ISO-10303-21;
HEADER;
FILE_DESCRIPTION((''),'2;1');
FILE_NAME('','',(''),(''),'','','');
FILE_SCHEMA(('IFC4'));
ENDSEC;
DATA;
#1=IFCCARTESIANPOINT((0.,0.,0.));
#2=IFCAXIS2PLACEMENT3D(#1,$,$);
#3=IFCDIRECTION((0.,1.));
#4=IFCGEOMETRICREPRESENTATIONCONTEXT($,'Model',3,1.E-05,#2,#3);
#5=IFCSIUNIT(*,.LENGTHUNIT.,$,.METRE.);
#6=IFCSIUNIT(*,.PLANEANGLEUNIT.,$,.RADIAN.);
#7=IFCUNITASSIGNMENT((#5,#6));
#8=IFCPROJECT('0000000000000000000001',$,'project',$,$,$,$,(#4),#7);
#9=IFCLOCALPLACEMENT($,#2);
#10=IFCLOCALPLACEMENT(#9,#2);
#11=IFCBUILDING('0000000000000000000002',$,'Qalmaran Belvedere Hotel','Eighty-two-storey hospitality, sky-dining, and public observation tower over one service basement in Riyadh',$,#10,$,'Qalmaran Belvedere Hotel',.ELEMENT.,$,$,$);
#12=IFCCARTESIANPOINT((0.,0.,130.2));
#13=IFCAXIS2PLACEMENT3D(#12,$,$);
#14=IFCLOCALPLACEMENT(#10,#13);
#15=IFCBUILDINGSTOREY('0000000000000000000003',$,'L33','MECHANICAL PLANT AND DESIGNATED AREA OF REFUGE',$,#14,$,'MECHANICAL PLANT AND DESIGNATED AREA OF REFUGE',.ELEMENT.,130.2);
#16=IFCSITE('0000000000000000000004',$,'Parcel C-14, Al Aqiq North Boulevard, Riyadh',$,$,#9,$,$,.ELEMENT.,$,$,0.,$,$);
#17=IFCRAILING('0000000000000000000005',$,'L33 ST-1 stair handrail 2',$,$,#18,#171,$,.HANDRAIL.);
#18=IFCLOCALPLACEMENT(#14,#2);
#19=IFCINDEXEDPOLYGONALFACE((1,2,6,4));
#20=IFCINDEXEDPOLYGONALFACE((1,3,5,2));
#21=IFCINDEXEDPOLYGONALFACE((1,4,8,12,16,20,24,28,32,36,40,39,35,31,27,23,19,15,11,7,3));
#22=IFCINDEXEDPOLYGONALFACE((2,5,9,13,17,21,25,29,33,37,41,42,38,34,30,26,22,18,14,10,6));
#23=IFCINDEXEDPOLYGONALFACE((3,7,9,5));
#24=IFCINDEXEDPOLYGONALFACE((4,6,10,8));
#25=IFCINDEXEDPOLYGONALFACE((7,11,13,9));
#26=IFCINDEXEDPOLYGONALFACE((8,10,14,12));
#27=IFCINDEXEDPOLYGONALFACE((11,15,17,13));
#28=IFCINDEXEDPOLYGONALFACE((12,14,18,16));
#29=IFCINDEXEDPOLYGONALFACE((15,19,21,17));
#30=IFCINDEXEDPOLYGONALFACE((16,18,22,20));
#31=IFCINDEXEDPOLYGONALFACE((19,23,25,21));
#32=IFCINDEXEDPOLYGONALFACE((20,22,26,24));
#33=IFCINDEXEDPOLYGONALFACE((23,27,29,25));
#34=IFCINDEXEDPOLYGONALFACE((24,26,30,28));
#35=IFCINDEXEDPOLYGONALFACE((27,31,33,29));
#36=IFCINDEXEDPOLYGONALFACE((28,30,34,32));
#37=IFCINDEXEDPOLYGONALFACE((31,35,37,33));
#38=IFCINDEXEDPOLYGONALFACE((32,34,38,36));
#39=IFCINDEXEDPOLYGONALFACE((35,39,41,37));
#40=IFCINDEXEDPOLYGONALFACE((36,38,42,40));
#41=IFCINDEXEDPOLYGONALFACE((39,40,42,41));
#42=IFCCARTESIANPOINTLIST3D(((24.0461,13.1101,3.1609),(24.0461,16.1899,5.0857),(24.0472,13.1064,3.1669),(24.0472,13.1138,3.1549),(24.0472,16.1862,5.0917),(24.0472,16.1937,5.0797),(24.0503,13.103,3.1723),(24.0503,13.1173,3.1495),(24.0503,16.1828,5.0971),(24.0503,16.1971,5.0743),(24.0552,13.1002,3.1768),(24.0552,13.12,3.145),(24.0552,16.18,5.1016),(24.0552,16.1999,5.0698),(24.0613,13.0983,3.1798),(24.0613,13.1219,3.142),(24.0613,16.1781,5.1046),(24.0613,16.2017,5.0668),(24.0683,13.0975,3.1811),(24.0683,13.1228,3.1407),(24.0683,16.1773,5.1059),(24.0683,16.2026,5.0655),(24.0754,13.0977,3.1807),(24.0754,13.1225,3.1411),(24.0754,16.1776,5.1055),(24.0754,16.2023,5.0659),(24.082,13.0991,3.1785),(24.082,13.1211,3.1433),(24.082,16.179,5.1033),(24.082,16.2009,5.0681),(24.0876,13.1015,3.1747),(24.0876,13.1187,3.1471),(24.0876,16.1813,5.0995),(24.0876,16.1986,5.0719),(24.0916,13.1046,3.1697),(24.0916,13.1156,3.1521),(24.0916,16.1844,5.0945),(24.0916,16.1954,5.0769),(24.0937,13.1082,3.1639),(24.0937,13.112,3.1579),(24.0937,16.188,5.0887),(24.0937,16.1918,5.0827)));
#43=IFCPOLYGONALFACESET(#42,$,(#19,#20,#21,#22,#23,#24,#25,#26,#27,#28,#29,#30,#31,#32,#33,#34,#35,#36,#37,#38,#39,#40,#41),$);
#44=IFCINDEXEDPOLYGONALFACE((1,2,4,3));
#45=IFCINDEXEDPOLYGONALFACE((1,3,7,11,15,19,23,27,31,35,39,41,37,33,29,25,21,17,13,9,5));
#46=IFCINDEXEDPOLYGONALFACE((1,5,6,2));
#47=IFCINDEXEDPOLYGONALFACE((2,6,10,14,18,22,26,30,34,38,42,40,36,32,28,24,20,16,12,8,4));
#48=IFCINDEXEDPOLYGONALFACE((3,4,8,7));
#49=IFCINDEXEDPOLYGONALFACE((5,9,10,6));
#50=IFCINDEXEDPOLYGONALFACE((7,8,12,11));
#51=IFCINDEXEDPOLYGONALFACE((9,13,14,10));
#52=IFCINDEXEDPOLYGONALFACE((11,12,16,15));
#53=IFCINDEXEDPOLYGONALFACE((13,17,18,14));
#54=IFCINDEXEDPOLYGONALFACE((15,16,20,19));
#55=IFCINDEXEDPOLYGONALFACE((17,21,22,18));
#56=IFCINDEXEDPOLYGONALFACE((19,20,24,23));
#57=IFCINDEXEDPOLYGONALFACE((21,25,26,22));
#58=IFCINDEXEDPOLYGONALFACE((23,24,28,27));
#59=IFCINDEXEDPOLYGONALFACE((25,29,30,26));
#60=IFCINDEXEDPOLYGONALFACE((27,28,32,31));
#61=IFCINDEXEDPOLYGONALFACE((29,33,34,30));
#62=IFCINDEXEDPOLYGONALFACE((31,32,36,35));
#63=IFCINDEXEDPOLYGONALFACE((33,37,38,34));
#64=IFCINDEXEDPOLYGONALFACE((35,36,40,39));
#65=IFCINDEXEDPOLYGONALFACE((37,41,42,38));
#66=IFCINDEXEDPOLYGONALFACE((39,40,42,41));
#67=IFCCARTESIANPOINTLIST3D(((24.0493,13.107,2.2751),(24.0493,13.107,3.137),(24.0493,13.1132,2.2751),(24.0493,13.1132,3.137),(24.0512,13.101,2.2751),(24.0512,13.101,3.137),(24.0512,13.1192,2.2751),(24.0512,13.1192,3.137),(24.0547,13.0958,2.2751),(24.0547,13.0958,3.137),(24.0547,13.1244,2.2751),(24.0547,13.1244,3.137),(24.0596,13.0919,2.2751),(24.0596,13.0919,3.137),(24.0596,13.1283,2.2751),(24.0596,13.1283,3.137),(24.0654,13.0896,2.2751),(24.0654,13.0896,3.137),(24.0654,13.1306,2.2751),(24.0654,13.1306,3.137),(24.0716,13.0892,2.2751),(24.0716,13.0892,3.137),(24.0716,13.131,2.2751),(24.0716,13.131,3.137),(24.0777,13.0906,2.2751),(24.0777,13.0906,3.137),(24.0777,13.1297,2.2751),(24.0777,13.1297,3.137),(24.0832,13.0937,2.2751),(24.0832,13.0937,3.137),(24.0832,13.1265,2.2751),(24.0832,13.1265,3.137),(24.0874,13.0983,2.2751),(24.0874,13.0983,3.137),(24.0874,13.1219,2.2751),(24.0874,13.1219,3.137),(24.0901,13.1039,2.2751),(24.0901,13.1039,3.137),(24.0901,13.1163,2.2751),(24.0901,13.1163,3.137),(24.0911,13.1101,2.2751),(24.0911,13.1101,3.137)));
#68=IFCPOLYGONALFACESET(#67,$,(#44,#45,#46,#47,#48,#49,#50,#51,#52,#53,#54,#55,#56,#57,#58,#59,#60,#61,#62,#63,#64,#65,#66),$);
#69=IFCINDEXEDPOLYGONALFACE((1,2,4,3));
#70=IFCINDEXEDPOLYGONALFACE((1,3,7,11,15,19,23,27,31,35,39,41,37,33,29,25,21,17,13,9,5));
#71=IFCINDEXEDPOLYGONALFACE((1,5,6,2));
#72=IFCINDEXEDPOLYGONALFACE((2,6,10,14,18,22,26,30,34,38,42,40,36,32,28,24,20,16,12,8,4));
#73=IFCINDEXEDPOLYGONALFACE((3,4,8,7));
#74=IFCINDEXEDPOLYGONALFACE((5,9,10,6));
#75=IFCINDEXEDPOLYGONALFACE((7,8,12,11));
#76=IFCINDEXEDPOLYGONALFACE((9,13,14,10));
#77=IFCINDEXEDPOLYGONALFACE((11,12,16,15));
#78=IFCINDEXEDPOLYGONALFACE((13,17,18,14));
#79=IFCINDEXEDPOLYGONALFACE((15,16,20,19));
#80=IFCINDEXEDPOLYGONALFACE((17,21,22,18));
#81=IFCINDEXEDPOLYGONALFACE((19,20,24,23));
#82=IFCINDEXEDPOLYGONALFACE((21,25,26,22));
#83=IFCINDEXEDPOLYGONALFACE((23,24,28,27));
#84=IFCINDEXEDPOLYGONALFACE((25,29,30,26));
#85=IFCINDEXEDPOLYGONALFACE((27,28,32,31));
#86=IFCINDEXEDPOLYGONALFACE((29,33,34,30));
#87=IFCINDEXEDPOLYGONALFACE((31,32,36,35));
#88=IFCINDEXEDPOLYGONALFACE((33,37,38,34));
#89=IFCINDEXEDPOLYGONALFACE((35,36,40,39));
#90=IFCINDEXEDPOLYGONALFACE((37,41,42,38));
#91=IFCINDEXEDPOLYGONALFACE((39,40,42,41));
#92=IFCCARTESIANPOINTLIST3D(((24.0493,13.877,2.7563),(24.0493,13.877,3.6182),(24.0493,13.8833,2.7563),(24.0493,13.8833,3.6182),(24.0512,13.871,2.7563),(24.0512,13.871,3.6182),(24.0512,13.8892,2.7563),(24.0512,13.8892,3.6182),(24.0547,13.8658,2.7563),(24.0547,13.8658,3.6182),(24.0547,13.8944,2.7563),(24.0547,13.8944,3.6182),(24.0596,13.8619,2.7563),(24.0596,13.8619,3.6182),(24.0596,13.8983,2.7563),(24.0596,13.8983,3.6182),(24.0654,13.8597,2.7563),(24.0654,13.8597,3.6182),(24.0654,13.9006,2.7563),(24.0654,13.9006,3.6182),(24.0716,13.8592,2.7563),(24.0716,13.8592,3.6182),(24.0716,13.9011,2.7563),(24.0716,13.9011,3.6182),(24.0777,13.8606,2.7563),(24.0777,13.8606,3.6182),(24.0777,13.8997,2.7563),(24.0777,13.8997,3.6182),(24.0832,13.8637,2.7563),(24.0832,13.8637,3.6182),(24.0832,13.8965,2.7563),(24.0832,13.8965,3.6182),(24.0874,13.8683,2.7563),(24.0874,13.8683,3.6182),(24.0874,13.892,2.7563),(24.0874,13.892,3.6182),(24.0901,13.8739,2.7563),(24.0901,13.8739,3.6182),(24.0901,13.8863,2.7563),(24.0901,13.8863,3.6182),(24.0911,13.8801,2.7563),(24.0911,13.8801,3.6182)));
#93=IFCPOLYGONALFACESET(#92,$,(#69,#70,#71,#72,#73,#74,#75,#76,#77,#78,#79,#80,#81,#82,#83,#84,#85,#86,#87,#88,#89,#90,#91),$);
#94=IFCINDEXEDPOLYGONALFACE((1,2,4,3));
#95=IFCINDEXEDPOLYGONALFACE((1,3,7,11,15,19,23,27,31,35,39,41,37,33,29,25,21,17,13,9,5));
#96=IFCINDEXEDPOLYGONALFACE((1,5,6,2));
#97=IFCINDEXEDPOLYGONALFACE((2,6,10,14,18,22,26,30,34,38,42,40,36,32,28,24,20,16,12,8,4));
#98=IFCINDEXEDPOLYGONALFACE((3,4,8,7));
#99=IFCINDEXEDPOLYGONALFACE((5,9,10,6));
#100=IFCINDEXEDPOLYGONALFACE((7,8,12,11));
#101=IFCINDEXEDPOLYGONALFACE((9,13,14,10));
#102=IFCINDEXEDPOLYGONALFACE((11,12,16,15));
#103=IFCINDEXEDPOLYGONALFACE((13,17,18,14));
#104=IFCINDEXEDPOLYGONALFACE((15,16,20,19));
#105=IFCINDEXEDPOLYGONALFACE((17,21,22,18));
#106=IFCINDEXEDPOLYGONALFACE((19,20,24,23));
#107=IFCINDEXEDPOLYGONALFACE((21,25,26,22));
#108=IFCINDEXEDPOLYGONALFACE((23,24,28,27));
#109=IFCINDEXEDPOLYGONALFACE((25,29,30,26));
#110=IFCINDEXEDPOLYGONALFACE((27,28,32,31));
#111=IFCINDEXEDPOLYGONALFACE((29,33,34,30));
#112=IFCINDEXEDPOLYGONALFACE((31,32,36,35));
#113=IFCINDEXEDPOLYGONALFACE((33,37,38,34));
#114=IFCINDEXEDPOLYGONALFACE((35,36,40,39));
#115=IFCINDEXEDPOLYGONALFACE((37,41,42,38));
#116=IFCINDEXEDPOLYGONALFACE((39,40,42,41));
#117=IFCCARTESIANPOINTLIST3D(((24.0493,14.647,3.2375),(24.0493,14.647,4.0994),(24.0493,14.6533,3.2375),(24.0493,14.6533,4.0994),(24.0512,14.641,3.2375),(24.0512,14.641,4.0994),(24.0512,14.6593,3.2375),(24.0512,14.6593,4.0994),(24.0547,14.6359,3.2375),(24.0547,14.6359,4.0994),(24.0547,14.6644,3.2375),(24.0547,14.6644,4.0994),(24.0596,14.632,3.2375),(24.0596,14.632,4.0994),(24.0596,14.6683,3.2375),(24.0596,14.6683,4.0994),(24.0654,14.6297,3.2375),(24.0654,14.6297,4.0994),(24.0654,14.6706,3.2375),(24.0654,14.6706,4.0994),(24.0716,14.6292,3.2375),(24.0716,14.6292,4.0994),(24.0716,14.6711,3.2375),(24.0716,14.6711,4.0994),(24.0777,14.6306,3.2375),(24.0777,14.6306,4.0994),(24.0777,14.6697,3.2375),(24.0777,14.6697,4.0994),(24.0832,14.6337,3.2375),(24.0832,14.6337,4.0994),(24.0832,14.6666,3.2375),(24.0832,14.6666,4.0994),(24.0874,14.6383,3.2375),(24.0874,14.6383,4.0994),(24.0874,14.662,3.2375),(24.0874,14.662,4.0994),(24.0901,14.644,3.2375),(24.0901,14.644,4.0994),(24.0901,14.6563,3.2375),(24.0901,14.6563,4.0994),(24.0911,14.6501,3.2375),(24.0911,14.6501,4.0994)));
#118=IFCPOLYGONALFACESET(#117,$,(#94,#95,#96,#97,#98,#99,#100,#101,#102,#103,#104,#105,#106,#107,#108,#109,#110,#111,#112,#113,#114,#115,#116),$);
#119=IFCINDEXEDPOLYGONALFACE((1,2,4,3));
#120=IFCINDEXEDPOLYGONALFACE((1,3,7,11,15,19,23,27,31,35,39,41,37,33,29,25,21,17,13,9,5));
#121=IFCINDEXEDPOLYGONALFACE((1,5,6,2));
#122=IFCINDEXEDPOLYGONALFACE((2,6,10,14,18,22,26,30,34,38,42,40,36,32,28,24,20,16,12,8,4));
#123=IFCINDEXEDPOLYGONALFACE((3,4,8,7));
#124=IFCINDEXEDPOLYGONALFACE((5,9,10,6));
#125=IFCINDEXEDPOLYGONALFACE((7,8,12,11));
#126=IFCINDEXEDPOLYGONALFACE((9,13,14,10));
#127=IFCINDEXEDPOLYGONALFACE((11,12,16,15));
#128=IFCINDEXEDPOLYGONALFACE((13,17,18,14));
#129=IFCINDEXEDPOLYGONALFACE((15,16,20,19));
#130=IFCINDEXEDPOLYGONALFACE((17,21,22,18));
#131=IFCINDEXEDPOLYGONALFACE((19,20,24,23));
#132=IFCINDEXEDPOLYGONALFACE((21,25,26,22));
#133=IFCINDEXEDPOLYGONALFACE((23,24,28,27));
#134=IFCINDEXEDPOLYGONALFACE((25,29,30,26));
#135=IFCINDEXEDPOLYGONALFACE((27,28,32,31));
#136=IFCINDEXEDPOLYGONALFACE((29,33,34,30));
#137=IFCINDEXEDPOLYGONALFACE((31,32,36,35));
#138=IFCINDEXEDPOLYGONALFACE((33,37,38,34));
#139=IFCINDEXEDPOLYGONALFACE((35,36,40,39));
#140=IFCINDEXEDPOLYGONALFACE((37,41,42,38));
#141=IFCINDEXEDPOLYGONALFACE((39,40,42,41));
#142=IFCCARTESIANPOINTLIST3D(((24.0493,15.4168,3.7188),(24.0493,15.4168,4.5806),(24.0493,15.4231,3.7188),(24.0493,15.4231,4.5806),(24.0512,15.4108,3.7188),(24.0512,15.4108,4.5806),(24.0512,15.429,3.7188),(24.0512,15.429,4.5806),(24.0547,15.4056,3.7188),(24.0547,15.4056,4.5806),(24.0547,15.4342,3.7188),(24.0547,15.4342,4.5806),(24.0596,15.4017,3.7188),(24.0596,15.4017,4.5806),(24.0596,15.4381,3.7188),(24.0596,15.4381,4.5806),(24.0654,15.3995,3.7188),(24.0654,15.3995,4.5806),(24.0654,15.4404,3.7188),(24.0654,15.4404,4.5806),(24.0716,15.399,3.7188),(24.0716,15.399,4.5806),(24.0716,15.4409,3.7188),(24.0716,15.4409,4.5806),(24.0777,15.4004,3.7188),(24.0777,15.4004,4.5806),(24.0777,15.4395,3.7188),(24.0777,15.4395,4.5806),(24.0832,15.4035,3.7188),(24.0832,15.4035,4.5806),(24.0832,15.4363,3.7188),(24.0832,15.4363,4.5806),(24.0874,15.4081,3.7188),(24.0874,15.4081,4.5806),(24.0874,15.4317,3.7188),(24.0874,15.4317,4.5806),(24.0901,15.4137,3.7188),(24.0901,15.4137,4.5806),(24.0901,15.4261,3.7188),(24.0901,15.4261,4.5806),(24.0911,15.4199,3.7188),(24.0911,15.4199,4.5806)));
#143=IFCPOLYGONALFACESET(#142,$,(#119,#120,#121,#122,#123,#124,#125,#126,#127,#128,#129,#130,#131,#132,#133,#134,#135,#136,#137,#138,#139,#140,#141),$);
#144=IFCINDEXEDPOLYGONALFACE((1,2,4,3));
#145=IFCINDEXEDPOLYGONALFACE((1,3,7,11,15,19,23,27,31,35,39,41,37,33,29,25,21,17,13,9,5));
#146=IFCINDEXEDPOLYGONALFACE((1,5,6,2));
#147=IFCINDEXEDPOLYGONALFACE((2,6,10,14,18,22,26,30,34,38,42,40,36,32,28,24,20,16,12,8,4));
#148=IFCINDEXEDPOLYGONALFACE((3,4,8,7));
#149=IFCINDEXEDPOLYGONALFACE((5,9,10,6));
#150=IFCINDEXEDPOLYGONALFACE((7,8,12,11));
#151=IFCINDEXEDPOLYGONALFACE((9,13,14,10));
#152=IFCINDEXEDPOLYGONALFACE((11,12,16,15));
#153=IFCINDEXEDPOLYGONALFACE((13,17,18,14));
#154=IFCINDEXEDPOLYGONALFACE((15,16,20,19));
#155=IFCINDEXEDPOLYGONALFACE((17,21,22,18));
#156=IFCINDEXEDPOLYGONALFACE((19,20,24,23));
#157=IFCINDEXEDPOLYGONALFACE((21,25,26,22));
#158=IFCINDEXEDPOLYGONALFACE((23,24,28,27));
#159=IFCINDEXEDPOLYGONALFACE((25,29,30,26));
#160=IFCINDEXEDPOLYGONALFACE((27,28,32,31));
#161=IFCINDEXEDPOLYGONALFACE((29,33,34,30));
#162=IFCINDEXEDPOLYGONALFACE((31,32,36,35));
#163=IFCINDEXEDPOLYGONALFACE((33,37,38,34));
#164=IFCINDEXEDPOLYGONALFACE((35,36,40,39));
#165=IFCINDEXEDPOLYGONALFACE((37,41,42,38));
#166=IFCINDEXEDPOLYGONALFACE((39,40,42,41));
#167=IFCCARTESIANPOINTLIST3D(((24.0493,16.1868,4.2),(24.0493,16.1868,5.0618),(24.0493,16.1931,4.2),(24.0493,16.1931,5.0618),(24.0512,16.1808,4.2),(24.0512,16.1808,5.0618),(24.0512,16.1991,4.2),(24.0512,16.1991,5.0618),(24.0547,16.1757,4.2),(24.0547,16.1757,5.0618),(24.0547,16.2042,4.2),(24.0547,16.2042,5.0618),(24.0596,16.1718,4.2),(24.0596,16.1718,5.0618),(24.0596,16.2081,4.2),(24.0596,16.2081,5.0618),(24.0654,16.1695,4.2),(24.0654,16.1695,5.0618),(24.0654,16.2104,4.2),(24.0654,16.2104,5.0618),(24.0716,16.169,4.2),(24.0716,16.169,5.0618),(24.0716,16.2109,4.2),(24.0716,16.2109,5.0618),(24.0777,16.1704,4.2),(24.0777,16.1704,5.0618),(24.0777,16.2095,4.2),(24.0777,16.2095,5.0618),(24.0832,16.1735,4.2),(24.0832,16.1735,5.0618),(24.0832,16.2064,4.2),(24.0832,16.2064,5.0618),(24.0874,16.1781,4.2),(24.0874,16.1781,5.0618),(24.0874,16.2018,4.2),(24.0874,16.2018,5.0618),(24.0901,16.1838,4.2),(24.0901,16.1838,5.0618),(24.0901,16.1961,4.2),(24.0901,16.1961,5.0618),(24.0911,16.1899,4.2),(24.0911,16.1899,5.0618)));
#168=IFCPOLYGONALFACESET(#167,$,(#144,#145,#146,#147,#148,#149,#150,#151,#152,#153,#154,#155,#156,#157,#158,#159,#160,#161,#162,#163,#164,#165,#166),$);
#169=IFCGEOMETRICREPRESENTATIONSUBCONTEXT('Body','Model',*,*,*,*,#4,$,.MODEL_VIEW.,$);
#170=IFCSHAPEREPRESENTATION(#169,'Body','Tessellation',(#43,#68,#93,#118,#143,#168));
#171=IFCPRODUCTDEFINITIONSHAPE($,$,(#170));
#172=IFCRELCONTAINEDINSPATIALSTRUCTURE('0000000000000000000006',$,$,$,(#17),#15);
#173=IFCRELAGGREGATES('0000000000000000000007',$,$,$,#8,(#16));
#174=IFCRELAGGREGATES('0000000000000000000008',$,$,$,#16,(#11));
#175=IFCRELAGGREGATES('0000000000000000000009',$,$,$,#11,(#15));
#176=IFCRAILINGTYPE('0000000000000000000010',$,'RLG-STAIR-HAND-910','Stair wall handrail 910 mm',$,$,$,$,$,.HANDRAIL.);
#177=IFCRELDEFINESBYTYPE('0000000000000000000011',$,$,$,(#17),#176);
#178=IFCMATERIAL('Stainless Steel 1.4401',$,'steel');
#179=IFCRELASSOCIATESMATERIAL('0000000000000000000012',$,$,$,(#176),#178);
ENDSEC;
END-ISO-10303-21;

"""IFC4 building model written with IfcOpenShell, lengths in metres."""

from ifc_helpers import new_model, si_unit, direction, frame, origin, origin_2d, place, context, subcontext, project, spatial, circle, extrude, material, type_object, element, save


model = new_model("IFC4")

# Units and contexts
model_context = context("Model", 3, precision=1e-05, world=origin(), true_north=direction((0.0, 1.0)))
body_context = subcontext(model_context, "Body", "Model", "MODEL_VIEW")
ifc_project = project(units=[si_unit("LENGTHUNIT", "METRE"), si_unit("PLANEANGLEUNIT", "RADIAN")], contexts=[model_context])

# Site, building, storey
site_placement = place(None, origin())
site = spatial("IfcSite", under=ifc_project, at=site_placement, Name="Parcel C-14, Al Aqiq North Boulevard, Riyadh", CompositionType="ELEMENT", RefElevation=0.0)
building_placement = place(site_placement, origin())
building = spatial("IfcBuilding", under=site, at=building_placement, Name="Qalmaran Belvedere Hotel", Description="Eighty-two-storey hospitality, sky-dining, and public observation tower over one service basement in Riyadh", LongName="Qalmaran Belvedere Hotel", CompositionType="ELEMENT")
storey_placement = place(building_placement, frame((0.0, 0.0, 130.2)))
storey = spatial("IfcBuildingStorey", under=building, at=storey_placement, Name="L33", Description="MECHANICAL PLANT AND DESIGNATED AREA OF REFUGE", LongName="MECHANICAL PLANT AND DESIGNATED AREA OF REFUGE", CompositionType="ELEMENT", Elevation=130.2)

# Railing
ifc_material_1 = material(Name="Stainless Steel 1.4401", Category="steel")
railing_type_1 = type_object("IfcRailingType", Name="RLG-STAIR-HAND-910", Description="Stair wall handrail 910 mm", PredefinedType="HANDRAIL", material=ifc_material_1)
railing_1_placement = place(storey_placement, frame((24.0701, 13.1101, 2.2751)))
element("IfcRailing", 1, at=railing_1_placement, inside=storey, type_object=railing_type_1, Name="L33 ST-1 stair handrail 2", PredefinedType="HANDRAIL", context=body_context, shape_type="SweptSolid", body=[
    extrude(circle(Radius=0.0239, at=origin_2d()), frame((0.0, 0.0, 0.8857), z_axis=(0.0, 0.84801, 0.529981), x_axis=(-1.0, 0.0, 0.0)), (0.0, 0.0, 1.0), 3.6318),
    extrude(circle(Radius=0.021, at=origin_2d()), origin(), (0.0, 0.0, 1.0), 0.8618),
    extrude(circle(Radius=0.021, at=origin_2d()), frame((0.0, 0.77, 0.4812)), (0.0, 0.0, 1.0), 0.8618),
    extrude(circle(Radius=0.021, at=origin_2d()), frame((0.0, 1.54, 0.9624)), (0.0, 0.0, 1.0), 0.8618),
    extrude(circle(Radius=0.021, at=origin_2d()), frame((0.0, 2.3098, 1.4436)), (0.0, 0.0, 1.0), 0.8618),
    extrude(circle(Radius=0.021, at=origin_2d()), frame((0.0, 3.0798, 1.9248)), (0.0, 0.0, 1.0), 0.8618),
])

save(model, "model.ifc")
